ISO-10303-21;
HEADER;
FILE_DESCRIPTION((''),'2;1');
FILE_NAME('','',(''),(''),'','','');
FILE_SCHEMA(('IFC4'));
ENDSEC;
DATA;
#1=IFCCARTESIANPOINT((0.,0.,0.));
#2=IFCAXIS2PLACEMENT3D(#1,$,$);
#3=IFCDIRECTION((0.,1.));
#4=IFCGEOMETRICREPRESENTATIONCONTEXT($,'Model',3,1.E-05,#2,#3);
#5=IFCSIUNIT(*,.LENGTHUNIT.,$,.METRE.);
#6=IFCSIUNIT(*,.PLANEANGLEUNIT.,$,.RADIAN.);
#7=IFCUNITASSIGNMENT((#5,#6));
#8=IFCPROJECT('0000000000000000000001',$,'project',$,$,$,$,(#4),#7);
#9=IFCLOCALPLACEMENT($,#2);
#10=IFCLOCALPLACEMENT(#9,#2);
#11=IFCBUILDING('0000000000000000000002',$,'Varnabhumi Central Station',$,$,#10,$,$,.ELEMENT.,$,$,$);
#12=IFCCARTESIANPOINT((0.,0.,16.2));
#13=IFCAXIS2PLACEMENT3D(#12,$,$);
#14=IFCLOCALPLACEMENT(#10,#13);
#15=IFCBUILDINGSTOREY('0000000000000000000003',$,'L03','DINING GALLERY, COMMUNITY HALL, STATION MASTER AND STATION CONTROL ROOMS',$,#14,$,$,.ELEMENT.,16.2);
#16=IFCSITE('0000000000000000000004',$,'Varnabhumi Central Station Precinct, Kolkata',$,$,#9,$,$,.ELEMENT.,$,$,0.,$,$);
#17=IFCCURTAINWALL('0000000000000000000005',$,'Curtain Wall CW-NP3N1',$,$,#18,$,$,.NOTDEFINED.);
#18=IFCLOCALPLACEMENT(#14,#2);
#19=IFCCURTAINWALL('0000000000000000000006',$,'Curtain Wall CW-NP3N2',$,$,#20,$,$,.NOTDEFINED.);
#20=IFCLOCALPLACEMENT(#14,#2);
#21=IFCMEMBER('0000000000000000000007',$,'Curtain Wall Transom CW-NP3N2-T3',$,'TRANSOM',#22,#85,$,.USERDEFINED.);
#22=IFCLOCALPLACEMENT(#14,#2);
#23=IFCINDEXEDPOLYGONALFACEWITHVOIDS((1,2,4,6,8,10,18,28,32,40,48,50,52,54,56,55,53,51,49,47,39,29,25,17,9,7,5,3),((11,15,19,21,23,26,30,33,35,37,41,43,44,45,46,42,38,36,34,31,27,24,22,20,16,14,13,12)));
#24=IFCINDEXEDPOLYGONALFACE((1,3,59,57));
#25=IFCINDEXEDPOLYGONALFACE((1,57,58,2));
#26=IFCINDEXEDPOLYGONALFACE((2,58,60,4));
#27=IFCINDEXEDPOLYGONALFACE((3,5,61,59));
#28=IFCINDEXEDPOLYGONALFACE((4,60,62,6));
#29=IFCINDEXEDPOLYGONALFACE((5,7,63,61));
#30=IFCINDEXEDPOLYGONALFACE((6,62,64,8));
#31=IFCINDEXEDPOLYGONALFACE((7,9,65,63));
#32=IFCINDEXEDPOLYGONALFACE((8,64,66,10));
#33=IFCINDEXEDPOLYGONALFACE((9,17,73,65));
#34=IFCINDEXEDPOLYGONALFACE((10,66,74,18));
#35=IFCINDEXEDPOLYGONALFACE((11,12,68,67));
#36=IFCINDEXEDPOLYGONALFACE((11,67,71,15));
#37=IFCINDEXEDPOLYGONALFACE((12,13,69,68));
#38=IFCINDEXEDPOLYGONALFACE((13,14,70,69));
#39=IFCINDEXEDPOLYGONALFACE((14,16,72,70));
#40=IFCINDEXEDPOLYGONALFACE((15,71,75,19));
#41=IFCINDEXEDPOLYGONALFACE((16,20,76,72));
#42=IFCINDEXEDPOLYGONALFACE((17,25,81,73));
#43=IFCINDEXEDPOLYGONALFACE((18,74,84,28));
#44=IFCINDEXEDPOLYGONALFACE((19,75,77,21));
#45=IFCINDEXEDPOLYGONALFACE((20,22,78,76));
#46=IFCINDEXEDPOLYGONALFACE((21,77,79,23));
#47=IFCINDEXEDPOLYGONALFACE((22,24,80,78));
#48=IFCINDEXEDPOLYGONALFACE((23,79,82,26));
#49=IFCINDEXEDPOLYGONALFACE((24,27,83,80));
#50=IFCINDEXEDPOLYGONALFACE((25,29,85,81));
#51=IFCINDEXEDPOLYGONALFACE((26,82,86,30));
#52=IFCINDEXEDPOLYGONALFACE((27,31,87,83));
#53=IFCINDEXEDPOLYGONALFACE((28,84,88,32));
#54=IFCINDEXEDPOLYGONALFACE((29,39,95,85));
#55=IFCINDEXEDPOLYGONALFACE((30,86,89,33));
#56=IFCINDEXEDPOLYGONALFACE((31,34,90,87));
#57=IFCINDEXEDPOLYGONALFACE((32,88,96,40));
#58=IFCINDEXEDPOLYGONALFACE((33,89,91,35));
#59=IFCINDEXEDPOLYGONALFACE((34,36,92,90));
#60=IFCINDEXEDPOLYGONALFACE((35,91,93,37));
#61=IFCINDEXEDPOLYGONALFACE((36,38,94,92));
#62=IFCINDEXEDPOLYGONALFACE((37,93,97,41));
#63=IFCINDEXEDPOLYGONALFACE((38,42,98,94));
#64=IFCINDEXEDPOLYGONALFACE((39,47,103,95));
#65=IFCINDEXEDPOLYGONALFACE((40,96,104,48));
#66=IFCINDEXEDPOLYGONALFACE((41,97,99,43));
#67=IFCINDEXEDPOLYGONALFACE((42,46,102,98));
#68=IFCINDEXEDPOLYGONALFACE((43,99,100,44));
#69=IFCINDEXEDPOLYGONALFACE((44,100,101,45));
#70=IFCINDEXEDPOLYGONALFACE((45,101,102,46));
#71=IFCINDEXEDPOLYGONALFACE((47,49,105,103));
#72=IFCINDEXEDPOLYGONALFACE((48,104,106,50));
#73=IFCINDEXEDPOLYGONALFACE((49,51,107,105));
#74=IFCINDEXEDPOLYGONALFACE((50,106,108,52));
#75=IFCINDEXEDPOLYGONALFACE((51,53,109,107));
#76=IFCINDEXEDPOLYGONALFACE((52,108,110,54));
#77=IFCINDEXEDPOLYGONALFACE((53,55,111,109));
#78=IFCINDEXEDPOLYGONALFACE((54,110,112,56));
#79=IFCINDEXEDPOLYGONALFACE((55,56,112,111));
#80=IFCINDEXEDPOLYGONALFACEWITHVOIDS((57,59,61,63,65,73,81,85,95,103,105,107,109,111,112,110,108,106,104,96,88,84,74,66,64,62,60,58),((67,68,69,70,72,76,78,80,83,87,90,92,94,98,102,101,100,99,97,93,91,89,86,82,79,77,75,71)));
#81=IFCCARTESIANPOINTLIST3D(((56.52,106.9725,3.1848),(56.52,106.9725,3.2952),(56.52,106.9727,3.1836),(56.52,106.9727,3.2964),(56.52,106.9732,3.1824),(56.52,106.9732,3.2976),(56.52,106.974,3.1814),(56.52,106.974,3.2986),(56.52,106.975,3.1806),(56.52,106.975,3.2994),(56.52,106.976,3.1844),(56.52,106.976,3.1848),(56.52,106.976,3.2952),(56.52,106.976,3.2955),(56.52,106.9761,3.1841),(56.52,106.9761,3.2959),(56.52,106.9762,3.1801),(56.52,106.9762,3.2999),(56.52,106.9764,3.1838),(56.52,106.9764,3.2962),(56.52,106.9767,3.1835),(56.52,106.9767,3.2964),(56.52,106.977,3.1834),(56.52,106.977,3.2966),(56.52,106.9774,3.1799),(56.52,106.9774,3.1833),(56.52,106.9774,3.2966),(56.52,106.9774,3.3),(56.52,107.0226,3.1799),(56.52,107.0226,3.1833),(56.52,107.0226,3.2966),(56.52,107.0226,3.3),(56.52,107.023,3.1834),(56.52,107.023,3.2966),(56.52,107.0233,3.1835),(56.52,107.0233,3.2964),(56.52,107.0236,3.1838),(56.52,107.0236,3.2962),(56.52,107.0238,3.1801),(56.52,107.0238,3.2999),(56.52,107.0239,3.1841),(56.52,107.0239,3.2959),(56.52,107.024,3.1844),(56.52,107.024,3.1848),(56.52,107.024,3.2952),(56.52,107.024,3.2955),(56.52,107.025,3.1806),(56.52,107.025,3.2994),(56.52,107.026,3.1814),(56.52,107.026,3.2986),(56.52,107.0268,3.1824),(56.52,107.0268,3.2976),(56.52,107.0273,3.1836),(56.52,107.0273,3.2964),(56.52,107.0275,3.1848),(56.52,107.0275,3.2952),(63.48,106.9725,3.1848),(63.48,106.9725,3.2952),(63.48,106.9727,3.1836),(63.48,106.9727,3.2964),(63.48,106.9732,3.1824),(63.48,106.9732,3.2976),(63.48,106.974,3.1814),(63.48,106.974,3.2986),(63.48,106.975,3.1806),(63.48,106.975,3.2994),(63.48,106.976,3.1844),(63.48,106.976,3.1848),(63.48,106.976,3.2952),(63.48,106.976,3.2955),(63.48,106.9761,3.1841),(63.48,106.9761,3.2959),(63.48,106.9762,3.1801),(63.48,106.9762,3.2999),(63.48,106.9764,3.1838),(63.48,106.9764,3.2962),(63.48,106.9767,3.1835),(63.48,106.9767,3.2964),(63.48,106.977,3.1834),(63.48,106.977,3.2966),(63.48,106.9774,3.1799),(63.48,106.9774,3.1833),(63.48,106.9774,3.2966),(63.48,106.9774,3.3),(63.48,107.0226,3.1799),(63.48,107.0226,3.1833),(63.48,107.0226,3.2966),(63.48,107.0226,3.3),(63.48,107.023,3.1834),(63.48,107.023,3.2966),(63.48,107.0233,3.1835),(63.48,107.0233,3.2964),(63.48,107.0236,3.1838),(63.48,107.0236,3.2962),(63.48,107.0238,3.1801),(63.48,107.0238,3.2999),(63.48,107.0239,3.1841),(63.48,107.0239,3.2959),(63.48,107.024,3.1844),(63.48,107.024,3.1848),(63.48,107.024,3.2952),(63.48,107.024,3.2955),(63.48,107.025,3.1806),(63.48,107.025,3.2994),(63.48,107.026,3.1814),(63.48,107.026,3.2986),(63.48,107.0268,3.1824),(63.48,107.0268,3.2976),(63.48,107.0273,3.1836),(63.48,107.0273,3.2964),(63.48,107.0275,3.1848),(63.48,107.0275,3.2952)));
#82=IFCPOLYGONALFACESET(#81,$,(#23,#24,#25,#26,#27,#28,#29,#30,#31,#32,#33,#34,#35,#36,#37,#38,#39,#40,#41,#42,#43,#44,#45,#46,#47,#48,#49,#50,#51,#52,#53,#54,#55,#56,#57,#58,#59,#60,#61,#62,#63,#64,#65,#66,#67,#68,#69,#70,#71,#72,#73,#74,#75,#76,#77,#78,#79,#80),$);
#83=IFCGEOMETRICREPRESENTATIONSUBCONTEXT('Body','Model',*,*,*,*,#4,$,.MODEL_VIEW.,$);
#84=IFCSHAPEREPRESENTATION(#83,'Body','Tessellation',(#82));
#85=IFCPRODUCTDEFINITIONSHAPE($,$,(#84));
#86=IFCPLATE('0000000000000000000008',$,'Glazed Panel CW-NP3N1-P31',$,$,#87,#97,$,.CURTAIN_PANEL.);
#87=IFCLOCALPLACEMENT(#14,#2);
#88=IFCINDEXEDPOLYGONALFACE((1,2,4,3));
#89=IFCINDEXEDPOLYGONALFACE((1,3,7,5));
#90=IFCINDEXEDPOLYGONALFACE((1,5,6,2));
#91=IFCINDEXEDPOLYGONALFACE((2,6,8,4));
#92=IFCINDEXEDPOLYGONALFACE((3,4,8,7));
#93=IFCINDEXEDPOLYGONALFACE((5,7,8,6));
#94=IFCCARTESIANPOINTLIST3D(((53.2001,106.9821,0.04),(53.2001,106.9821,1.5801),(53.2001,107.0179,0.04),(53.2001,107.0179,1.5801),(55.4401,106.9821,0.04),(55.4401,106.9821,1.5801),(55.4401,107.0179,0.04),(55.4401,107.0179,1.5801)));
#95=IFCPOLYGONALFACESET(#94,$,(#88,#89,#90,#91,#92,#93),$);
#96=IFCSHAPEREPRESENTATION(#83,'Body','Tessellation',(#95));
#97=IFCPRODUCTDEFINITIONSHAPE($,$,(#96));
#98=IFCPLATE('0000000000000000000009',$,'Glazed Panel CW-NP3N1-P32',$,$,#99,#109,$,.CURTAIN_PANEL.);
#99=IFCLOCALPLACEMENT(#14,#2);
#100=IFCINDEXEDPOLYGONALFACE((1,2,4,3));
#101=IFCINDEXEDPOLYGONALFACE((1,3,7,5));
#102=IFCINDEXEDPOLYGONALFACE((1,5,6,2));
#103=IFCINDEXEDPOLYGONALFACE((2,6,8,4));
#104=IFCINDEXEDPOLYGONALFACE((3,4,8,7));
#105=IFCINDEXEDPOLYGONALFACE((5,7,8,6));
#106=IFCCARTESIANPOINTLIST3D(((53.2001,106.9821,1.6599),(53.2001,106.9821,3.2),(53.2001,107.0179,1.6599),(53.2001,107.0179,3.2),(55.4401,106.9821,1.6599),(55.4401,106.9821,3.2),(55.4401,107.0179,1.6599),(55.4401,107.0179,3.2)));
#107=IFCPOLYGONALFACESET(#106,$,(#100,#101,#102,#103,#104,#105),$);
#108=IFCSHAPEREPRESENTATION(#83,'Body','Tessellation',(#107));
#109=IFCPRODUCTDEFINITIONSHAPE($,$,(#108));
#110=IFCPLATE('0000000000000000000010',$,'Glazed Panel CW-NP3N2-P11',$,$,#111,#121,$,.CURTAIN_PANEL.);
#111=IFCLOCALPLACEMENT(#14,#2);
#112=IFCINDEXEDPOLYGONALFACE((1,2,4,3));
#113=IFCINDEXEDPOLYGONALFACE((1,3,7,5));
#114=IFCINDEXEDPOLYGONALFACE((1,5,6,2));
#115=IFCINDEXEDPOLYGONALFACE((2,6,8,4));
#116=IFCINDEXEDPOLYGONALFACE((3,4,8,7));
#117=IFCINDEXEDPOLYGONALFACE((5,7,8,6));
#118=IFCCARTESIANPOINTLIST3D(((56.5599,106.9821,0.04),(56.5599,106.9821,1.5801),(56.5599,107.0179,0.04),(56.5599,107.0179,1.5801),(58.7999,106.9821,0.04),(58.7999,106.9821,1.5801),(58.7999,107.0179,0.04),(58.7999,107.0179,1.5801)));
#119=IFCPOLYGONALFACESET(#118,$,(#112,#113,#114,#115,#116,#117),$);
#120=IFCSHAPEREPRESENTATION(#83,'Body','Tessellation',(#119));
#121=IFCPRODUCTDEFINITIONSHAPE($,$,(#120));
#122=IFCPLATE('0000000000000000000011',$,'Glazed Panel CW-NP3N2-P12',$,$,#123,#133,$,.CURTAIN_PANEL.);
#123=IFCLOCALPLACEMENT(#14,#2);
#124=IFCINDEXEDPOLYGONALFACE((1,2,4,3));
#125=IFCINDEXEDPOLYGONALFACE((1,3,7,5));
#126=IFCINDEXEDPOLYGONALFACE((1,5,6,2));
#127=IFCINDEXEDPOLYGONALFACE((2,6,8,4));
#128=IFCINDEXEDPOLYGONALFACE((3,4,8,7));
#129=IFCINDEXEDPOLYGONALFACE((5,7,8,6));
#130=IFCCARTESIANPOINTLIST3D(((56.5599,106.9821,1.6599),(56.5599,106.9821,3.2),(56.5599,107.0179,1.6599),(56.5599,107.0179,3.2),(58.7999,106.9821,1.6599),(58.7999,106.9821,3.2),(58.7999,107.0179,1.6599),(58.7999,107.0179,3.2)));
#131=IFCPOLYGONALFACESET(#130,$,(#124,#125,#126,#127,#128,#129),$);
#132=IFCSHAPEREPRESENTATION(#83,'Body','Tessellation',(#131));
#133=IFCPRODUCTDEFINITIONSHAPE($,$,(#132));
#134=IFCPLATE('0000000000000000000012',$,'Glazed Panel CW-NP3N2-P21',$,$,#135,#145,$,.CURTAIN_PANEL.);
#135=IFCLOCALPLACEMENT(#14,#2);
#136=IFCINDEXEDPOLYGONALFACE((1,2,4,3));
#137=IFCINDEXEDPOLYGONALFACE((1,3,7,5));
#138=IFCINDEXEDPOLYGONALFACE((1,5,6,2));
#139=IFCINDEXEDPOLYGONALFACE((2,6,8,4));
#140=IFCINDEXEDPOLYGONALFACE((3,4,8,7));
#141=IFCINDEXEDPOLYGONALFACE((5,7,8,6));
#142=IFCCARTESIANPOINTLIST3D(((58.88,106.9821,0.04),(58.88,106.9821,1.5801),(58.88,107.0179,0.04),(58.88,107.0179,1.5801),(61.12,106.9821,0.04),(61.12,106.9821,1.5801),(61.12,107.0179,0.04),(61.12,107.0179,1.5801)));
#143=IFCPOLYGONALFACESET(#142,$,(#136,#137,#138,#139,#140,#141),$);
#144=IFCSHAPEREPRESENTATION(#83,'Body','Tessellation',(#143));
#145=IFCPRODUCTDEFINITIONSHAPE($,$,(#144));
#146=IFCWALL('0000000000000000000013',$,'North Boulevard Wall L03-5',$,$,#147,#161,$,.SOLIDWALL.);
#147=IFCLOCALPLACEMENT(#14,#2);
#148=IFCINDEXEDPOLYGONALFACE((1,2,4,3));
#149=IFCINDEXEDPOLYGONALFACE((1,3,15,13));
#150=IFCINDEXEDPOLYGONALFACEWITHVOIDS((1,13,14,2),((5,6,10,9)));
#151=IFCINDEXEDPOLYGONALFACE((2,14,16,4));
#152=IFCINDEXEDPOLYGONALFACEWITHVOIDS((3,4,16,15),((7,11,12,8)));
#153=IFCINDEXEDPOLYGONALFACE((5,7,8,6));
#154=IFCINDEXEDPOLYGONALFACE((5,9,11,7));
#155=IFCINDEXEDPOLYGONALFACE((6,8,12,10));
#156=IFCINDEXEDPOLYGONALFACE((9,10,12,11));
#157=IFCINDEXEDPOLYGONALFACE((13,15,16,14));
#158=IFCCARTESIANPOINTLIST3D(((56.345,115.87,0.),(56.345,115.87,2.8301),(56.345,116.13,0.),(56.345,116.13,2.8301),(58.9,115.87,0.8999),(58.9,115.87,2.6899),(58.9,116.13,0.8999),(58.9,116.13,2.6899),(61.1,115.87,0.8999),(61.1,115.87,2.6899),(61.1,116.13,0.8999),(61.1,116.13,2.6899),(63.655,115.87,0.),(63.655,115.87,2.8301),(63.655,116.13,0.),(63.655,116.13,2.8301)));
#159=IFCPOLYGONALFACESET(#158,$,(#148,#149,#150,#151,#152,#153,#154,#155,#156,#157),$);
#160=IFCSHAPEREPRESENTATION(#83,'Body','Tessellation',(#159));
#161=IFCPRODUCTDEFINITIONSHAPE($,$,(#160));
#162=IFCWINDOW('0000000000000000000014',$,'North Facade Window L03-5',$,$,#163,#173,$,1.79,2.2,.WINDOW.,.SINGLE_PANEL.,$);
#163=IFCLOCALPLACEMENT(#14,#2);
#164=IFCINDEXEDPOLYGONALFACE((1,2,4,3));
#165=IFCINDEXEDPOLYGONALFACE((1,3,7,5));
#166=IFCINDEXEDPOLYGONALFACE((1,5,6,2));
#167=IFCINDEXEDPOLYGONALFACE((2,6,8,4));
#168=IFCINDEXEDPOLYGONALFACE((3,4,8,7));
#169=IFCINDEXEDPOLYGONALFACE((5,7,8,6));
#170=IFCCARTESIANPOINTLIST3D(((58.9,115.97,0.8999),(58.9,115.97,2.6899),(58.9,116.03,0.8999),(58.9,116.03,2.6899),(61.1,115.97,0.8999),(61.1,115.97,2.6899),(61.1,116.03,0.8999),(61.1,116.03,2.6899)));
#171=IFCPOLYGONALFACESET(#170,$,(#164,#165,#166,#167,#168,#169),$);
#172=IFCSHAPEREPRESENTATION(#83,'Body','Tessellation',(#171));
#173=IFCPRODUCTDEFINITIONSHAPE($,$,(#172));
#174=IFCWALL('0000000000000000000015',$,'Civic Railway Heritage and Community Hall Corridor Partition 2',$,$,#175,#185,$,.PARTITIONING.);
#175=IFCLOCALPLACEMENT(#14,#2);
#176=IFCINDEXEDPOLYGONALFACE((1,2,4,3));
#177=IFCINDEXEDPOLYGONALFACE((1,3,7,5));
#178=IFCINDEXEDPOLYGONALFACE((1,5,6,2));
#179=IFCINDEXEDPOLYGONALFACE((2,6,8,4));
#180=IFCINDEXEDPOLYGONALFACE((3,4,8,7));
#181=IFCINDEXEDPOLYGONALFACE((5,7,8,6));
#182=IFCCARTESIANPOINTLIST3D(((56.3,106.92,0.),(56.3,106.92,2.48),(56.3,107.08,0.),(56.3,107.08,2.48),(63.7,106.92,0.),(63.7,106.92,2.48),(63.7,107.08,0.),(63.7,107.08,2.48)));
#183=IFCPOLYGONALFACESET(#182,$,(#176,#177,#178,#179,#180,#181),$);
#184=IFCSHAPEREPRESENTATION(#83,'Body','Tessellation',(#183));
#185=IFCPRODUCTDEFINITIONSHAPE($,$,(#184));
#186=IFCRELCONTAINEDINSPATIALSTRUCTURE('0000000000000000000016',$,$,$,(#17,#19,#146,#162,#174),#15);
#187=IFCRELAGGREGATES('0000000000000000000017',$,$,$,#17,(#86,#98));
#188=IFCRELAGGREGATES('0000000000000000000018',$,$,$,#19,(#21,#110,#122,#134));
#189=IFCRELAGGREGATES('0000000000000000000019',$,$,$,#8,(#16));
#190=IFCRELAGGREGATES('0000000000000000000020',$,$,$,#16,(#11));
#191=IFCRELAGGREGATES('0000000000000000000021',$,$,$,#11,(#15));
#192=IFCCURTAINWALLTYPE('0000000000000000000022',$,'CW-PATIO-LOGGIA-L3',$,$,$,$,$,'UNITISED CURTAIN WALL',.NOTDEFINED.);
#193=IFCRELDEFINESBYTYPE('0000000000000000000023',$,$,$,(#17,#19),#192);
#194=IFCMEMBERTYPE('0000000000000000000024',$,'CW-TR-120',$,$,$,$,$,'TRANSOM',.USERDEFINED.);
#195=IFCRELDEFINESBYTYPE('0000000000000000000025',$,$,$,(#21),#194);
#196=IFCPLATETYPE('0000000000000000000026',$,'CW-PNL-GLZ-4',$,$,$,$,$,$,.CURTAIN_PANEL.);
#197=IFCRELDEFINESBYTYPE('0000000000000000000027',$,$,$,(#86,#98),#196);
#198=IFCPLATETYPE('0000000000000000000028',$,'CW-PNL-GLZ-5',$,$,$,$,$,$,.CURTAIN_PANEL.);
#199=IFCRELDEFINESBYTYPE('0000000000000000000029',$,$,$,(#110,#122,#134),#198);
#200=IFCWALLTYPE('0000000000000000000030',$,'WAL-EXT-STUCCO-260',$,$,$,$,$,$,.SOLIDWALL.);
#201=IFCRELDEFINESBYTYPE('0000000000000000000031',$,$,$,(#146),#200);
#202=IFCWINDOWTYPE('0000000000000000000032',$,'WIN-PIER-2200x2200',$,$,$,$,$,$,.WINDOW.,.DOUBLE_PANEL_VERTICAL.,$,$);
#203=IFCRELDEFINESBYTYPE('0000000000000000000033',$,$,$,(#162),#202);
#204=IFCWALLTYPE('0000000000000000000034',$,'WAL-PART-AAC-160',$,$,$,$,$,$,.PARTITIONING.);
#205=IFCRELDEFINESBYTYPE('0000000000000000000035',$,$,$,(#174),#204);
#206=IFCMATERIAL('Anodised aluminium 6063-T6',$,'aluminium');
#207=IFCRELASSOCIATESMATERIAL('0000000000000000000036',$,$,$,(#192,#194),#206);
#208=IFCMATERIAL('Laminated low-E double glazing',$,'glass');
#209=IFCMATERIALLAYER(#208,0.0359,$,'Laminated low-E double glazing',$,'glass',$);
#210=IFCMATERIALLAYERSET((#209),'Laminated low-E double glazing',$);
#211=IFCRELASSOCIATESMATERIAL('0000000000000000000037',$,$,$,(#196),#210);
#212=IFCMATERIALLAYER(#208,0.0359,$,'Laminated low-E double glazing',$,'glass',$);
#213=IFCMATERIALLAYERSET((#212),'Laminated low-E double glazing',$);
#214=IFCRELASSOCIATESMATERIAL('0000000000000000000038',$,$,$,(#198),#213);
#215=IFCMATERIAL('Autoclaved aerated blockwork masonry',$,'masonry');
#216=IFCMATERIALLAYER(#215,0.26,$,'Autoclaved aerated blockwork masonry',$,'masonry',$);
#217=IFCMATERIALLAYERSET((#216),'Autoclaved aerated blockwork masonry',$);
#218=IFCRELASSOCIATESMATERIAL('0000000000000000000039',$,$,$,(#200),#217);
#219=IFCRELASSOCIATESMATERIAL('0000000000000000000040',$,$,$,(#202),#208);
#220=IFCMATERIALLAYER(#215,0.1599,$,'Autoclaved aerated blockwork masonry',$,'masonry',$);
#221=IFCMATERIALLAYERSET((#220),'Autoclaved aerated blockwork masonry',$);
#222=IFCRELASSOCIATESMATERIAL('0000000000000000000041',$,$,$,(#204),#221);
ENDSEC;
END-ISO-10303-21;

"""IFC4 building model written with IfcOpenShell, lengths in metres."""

from ifc_helpers import new_model, si_unit, direction, frame, frame_2d, origin, origin_2d, place, context, subcontext, project, spatial, rectangle, hollow_rectangle, extrude, material, layer, layer_set, material_profile, profile_set, type_object, element, fill, aggregate, save


model = new_model("IFC4")

# Units and contexts
model_context = context("Model", 3, precision=1e-05, world=origin(), true_north=direction((0.0, 1.0)))
body_context = subcontext(model_context, "Body", "Model", "MODEL_VIEW")
ifc_project = project(units=[si_unit("LENGTHUNIT", "METRE"), si_unit("PLANEANGLEUNIT", "RADIAN")], contexts=[model_context])

# Site, building, storey
site_placement = place(None, origin())
site = spatial("IfcSite", under=ifc_project, at=site_placement, Name="Varnabhumi Central Station Precinct, Kolkata", CompositionType="ELEMENT", RefElevation=0.0)
building_placement = place(site_placement, origin())
building = spatial("IfcBuilding", under=site, at=building_placement, Name="Varnabhumi Central Station", CompositionType="ELEMENT")
storey_placement = place(building_placement, frame((0.0, 0.0, 16.2)))
storey = spatial("IfcBuildingStorey", under=building, at=storey_placement, Name="L03", Description="DINING GALLERY, COMMUNITY HALL, STATION MASTER AND STATION CONTROL ROOMS", CompositionType="ELEMENT", Elevation=16.2)

# Curtain walls, member
ifc_material_1 = material(Name="Anodised aluminium 6063-T6", Category="aluminium")
curtain_wall_type = type_object("IfcCurtainWallType", Name="CW-PATIO-LOGGIA-L3", ElementType="UNITISED CURTAIN WALL", PredefinedType="NOTDEFINED", material=ifc_material_1)
curtain_wall_1_placement = place(storey_placement, origin())
curtain_wall_1 = element("IfcCurtainWall", 1, at=curtain_wall_1_placement, inside=storey, type_object=curtain_wall_type, Name="Curtain Wall CW-NP3N1", PredefinedType="NOTDEFINED")
curtain_wall_2_placement = place(storey_placement, origin())
curtain_wall_2 = element("IfcCurtainWall", 2, at=curtain_wall_2_placement, inside=storey, type_object=curtain_wall_type, Name="Curtain Wall CW-NP3N2", PredefinedType="NOTDEFINED")
ifc_material_profile_1 = material_profile(ifc_material_1, hollow_rectangle(XDim=0.0549, YDim=0.1201, WallThickness=0.0034, InnerFilletRadius=0.0015, OuterFilletRadius=0.0049, at=origin_2d()), Name="Anodised aluminium 6063-T6", Category="aluminium")
ifc_profile_set_1 = profile_set([ifc_material_profile_1], Name="Anodised aluminium 6063-T6")
member_type_1 = type_object("IfcMemberType", Name="CW-TR-120", ElementType="TRANSOM", PredefinedType="USERDEFINED", material=ifc_profile_set_1)
member_1_placement = place(storey_placement, frame((56.52, 107.0, 3.24), z_axis=(1.0, 0.0, 0.0), x_axis=(0.0, 1.0, 0.0)))
member_1 = element("IfcMember", 3, at=member_1_placement, type_object=member_type_1, Name="Curtain Wall Transom CW-NP3N2-T3", ObjectType="TRANSOM", PredefinedType="USERDEFINED", context=body_context, shape_type="SweptSolid", body=[
    extrude(hollow_rectangle(XDim=0.0549, YDim=0.1201, WallThickness=0.0034, InnerFilletRadius=0.0015, OuterFilletRadius=0.0049, at=origin_2d()), origin(), (0.0, 0.0, 1.0), 6.96),
])

# Plates
ifc_material_2 = material(Name="Laminated low-E double glazing", Category="glass")
ifc_layer_1 = layer(ifc_material_2, 0.0359, Name="Laminated low-E double glazing", Category="glass")
ifc_layer_set_1 = layer_set([ifc_layer_1], Name="Laminated low-E double glazing")
plate_type_1 = type_object("IfcPlateType", Name="CW-PNL-GLZ-4", PredefinedType="CURTAIN_PANEL", material=ifc_layer_set_1)
plate_1_placement = place(storey_placement, frame((54.3201, 107.0, 0.04), z_axis=(0.0, 0.0, 1.0), x_axis=(1.0, 0.0, 0.0)))
plate_1 = element("IfcPlate", 4, at=plate_1_placement, type_object=plate_type_1, Name="Glazed Panel CW-NP3N1-P31", PredefinedType="CURTAIN_PANEL", context=body_context, shape_type="SweptSolid", body=[
    extrude(rectangle(XDim=2.24, YDim=0.0359, at=origin_2d()), origin(), (0.0, 0.0, 1.0), 1.54),
])
plate_2_placement = place(storey_placement, frame((54.3201, 107.0, 1.6599), z_axis=(0.0, 0.0, 1.0), x_axis=(1.0, 0.0, 0.0)))
plate_2 = element("IfcPlate", 5, at=plate_2_placement, type_object=plate_type_1, Name="Glazed Panel CW-NP3N1-P32", PredefinedType="CURTAIN_PANEL", context=body_context, shape_type="SweptSolid", body=[
    extrude(rectangle(XDim=2.24, YDim=0.0359, at=origin_2d()), origin(), (0.0, 0.0, 1.0), 1.54),
])
aggregate(curtain_wall_1, [plate_1, plate_2])
ifc_layer_2 = layer(ifc_material_2, 0.0359, Name="Laminated low-E double glazing", Category="glass")
ifc_layer_set_2 = layer_set([ifc_layer_2], Name="Laminated low-E double glazing")
plate_type_2 = type_object("IfcPlateType", Name="CW-PNL-GLZ-5", PredefinedType="CURTAIN_PANEL", material=ifc_layer_set_2)
plate_3_placement = place(storey_placement, frame((57.6799, 107.0, 0.04), z_axis=(0.0, 0.0, 1.0), x_axis=(1.0, 0.0, 0.0)))
plate_3 = element("IfcPlate", 6, at=plate_3_placement, type_object=plate_type_2, Name="Glazed Panel CW-NP3N2-P11", PredefinedType="CURTAIN_PANEL", context=body_context, shape_type="SweptSolid", body=[
    extrude(rectangle(XDim=2.24, YDim=0.0359, at=origin_2d()), origin(), (0.0, 0.0, 1.0), 1.54),
])
plate_4_placement = place(storey_placement, frame((57.6799, 107.0, 1.6599), z_axis=(0.0, 0.0, 1.0), x_axis=(1.0, 0.0, 0.0)))
plate_4 = element("IfcPlate", 7, at=plate_4_placement, type_object=plate_type_2, Name="Glazed Panel CW-NP3N2-P12", PredefinedType="CURTAIN_PANEL", context=body_context, shape_type="SweptSolid", body=[
    extrude(rectangle(XDim=2.24, YDim=0.0359, at=origin_2d()), origin(), (0.0, 0.0, 1.0), 1.54),
])
plate_5_placement = place(storey_placement, frame((60.0, 107.0, 0.04), z_axis=(0.0, 0.0, 1.0), x_axis=(1.0, 0.0, 0.0)))
plate_5 = element("IfcPlate", 8, at=plate_5_placement, type_object=plate_type_2, Name="Glazed Panel CW-NP3N2-P21", PredefinedType="CURTAIN_PANEL", context=body_context, shape_type="SweptSolid", body=[
    extrude(rectangle(XDim=2.24, YDim=0.0359, at=origin_2d()), origin(), (0.0, 0.0, 1.0), 1.54),
])
aggregate(curtain_wall_2, [member_1, plate_3, plate_4, plate_5])

# Wall, opening, window
ifc_material_3 = material(Name="Autoclaved aerated blockwork masonry", Category="masonry")
ifc_layer_3 = layer(ifc_material_3, 0.26, Name="Autoclaved aerated blockwork masonry", Category="masonry")
ifc_layer_set_3 = layer_set([ifc_layer_3], Name="Autoclaved aerated blockwork masonry")
wall_type_1 = type_object("IfcWallType", Name="WAL-EXT-STUCCO-260", PredefinedType="SOLIDWALL", material=ifc_layer_set_3)
wall_1_placement = place(storey_placement, frame((56.345, 116.0, 0.0), z_axis=(0.0, 0.0, 1.0), x_axis=(1.0, 0.0, 0.0)))
wall_1 = element("IfcWall", 9, at=wall_1_placement, inside=storey, type_object=wall_type_1, Name="North Boulevard Wall L03-5", PredefinedType="SOLIDWALL", context=body_context, shape_type="SweptSolid", body=[
    extrude(rectangle(XDim=7.3101, YDim=0.26, at=frame_2d((3.655, 0.0))), origin(), (0.0, 0.0, 1.0), 2.8301),
])
opening_placement = place(wall_1_placement, frame((2.5549, 0.0, 0.8999)))
opening = element("IfcOpeningElement", 10, at=opening_placement, cuts=wall_1, PredefinedType="OPENING", context=body_context, shape_type="SweptSolid", body=[
    extrude(rectangle(XDim=2.2, YDim=1.79, at=frame_2d((1.1001, 0.895))), frame((0.0, 0.1399, 0.0), z_axis=(0.0, -1.0, 0.0), x_axis=(1.0, 0.0, 0.0)), (0.0, 0.0, 1.0), 0.28),
])
window_type = type_object("IfcWindowType", Name="WIN-PIER-2200x2200", PartitioningType="DOUBLE_PANEL_VERTICAL", PredefinedType="WINDOW", material=ifc_material_2)
window_placement = place(opening_placement, origin())
window = element("IfcWindow", 11, at=window_placement, inside=storey, type_object=window_type, Name="North Facade Window L03-5", OverallHeight=1.79, OverallWidth=2.2, PartitioningType="SINGLE_PANEL", PredefinedType="WINDOW", context=body_context, shape_type="SweptSolid", body=[
    extrude(rectangle(XDim=2.2, YDim=1.79, at=frame_2d((1.1001, 0.895))), frame((0.0, 0.03, 0.0), z_axis=(0.0, -1.0, 0.0), x_axis=(1.0, 0.0, 0.0)), (0.0, 0.0, 1.0), 0.0601),
])
fill(opening, window)

# Wall
ifc_layer_4 = layer(ifc_material_3, 0.1599, Name="Autoclaved aerated blockwork masonry", Category="masonry")
ifc_layer_set_4 = layer_set([ifc_layer_4], Name="Autoclaved aerated blockwork masonry")
wall_type_2 = type_object("IfcWallType", Name="WAL-PART-AAC-160", PredefinedType="PARTITIONING", material=ifc_layer_set_4)
wall_2_placement = place(storey_placement, frame((56.3, 107.0, 0.0), z_axis=(0.0, 0.0, 1.0), x_axis=(1.0, 0.0, 0.0)))
element("IfcWall", 12, at=wall_2_placement, inside=storey, type_object=wall_type_2, Name="Civic Railway Heritage and Community Hall Corridor Partition 2", PredefinedType="PARTITIONING", context=body_context, shape_type="SweptSolid", body=[
    extrude(rectangle(XDim=7.3999, YDim=0.1599, at=frame_2d((3.7, 0.0))), origin(), (0.0, 0.0, 1.0), 2.48),
])

save(model, "model.ifc")
